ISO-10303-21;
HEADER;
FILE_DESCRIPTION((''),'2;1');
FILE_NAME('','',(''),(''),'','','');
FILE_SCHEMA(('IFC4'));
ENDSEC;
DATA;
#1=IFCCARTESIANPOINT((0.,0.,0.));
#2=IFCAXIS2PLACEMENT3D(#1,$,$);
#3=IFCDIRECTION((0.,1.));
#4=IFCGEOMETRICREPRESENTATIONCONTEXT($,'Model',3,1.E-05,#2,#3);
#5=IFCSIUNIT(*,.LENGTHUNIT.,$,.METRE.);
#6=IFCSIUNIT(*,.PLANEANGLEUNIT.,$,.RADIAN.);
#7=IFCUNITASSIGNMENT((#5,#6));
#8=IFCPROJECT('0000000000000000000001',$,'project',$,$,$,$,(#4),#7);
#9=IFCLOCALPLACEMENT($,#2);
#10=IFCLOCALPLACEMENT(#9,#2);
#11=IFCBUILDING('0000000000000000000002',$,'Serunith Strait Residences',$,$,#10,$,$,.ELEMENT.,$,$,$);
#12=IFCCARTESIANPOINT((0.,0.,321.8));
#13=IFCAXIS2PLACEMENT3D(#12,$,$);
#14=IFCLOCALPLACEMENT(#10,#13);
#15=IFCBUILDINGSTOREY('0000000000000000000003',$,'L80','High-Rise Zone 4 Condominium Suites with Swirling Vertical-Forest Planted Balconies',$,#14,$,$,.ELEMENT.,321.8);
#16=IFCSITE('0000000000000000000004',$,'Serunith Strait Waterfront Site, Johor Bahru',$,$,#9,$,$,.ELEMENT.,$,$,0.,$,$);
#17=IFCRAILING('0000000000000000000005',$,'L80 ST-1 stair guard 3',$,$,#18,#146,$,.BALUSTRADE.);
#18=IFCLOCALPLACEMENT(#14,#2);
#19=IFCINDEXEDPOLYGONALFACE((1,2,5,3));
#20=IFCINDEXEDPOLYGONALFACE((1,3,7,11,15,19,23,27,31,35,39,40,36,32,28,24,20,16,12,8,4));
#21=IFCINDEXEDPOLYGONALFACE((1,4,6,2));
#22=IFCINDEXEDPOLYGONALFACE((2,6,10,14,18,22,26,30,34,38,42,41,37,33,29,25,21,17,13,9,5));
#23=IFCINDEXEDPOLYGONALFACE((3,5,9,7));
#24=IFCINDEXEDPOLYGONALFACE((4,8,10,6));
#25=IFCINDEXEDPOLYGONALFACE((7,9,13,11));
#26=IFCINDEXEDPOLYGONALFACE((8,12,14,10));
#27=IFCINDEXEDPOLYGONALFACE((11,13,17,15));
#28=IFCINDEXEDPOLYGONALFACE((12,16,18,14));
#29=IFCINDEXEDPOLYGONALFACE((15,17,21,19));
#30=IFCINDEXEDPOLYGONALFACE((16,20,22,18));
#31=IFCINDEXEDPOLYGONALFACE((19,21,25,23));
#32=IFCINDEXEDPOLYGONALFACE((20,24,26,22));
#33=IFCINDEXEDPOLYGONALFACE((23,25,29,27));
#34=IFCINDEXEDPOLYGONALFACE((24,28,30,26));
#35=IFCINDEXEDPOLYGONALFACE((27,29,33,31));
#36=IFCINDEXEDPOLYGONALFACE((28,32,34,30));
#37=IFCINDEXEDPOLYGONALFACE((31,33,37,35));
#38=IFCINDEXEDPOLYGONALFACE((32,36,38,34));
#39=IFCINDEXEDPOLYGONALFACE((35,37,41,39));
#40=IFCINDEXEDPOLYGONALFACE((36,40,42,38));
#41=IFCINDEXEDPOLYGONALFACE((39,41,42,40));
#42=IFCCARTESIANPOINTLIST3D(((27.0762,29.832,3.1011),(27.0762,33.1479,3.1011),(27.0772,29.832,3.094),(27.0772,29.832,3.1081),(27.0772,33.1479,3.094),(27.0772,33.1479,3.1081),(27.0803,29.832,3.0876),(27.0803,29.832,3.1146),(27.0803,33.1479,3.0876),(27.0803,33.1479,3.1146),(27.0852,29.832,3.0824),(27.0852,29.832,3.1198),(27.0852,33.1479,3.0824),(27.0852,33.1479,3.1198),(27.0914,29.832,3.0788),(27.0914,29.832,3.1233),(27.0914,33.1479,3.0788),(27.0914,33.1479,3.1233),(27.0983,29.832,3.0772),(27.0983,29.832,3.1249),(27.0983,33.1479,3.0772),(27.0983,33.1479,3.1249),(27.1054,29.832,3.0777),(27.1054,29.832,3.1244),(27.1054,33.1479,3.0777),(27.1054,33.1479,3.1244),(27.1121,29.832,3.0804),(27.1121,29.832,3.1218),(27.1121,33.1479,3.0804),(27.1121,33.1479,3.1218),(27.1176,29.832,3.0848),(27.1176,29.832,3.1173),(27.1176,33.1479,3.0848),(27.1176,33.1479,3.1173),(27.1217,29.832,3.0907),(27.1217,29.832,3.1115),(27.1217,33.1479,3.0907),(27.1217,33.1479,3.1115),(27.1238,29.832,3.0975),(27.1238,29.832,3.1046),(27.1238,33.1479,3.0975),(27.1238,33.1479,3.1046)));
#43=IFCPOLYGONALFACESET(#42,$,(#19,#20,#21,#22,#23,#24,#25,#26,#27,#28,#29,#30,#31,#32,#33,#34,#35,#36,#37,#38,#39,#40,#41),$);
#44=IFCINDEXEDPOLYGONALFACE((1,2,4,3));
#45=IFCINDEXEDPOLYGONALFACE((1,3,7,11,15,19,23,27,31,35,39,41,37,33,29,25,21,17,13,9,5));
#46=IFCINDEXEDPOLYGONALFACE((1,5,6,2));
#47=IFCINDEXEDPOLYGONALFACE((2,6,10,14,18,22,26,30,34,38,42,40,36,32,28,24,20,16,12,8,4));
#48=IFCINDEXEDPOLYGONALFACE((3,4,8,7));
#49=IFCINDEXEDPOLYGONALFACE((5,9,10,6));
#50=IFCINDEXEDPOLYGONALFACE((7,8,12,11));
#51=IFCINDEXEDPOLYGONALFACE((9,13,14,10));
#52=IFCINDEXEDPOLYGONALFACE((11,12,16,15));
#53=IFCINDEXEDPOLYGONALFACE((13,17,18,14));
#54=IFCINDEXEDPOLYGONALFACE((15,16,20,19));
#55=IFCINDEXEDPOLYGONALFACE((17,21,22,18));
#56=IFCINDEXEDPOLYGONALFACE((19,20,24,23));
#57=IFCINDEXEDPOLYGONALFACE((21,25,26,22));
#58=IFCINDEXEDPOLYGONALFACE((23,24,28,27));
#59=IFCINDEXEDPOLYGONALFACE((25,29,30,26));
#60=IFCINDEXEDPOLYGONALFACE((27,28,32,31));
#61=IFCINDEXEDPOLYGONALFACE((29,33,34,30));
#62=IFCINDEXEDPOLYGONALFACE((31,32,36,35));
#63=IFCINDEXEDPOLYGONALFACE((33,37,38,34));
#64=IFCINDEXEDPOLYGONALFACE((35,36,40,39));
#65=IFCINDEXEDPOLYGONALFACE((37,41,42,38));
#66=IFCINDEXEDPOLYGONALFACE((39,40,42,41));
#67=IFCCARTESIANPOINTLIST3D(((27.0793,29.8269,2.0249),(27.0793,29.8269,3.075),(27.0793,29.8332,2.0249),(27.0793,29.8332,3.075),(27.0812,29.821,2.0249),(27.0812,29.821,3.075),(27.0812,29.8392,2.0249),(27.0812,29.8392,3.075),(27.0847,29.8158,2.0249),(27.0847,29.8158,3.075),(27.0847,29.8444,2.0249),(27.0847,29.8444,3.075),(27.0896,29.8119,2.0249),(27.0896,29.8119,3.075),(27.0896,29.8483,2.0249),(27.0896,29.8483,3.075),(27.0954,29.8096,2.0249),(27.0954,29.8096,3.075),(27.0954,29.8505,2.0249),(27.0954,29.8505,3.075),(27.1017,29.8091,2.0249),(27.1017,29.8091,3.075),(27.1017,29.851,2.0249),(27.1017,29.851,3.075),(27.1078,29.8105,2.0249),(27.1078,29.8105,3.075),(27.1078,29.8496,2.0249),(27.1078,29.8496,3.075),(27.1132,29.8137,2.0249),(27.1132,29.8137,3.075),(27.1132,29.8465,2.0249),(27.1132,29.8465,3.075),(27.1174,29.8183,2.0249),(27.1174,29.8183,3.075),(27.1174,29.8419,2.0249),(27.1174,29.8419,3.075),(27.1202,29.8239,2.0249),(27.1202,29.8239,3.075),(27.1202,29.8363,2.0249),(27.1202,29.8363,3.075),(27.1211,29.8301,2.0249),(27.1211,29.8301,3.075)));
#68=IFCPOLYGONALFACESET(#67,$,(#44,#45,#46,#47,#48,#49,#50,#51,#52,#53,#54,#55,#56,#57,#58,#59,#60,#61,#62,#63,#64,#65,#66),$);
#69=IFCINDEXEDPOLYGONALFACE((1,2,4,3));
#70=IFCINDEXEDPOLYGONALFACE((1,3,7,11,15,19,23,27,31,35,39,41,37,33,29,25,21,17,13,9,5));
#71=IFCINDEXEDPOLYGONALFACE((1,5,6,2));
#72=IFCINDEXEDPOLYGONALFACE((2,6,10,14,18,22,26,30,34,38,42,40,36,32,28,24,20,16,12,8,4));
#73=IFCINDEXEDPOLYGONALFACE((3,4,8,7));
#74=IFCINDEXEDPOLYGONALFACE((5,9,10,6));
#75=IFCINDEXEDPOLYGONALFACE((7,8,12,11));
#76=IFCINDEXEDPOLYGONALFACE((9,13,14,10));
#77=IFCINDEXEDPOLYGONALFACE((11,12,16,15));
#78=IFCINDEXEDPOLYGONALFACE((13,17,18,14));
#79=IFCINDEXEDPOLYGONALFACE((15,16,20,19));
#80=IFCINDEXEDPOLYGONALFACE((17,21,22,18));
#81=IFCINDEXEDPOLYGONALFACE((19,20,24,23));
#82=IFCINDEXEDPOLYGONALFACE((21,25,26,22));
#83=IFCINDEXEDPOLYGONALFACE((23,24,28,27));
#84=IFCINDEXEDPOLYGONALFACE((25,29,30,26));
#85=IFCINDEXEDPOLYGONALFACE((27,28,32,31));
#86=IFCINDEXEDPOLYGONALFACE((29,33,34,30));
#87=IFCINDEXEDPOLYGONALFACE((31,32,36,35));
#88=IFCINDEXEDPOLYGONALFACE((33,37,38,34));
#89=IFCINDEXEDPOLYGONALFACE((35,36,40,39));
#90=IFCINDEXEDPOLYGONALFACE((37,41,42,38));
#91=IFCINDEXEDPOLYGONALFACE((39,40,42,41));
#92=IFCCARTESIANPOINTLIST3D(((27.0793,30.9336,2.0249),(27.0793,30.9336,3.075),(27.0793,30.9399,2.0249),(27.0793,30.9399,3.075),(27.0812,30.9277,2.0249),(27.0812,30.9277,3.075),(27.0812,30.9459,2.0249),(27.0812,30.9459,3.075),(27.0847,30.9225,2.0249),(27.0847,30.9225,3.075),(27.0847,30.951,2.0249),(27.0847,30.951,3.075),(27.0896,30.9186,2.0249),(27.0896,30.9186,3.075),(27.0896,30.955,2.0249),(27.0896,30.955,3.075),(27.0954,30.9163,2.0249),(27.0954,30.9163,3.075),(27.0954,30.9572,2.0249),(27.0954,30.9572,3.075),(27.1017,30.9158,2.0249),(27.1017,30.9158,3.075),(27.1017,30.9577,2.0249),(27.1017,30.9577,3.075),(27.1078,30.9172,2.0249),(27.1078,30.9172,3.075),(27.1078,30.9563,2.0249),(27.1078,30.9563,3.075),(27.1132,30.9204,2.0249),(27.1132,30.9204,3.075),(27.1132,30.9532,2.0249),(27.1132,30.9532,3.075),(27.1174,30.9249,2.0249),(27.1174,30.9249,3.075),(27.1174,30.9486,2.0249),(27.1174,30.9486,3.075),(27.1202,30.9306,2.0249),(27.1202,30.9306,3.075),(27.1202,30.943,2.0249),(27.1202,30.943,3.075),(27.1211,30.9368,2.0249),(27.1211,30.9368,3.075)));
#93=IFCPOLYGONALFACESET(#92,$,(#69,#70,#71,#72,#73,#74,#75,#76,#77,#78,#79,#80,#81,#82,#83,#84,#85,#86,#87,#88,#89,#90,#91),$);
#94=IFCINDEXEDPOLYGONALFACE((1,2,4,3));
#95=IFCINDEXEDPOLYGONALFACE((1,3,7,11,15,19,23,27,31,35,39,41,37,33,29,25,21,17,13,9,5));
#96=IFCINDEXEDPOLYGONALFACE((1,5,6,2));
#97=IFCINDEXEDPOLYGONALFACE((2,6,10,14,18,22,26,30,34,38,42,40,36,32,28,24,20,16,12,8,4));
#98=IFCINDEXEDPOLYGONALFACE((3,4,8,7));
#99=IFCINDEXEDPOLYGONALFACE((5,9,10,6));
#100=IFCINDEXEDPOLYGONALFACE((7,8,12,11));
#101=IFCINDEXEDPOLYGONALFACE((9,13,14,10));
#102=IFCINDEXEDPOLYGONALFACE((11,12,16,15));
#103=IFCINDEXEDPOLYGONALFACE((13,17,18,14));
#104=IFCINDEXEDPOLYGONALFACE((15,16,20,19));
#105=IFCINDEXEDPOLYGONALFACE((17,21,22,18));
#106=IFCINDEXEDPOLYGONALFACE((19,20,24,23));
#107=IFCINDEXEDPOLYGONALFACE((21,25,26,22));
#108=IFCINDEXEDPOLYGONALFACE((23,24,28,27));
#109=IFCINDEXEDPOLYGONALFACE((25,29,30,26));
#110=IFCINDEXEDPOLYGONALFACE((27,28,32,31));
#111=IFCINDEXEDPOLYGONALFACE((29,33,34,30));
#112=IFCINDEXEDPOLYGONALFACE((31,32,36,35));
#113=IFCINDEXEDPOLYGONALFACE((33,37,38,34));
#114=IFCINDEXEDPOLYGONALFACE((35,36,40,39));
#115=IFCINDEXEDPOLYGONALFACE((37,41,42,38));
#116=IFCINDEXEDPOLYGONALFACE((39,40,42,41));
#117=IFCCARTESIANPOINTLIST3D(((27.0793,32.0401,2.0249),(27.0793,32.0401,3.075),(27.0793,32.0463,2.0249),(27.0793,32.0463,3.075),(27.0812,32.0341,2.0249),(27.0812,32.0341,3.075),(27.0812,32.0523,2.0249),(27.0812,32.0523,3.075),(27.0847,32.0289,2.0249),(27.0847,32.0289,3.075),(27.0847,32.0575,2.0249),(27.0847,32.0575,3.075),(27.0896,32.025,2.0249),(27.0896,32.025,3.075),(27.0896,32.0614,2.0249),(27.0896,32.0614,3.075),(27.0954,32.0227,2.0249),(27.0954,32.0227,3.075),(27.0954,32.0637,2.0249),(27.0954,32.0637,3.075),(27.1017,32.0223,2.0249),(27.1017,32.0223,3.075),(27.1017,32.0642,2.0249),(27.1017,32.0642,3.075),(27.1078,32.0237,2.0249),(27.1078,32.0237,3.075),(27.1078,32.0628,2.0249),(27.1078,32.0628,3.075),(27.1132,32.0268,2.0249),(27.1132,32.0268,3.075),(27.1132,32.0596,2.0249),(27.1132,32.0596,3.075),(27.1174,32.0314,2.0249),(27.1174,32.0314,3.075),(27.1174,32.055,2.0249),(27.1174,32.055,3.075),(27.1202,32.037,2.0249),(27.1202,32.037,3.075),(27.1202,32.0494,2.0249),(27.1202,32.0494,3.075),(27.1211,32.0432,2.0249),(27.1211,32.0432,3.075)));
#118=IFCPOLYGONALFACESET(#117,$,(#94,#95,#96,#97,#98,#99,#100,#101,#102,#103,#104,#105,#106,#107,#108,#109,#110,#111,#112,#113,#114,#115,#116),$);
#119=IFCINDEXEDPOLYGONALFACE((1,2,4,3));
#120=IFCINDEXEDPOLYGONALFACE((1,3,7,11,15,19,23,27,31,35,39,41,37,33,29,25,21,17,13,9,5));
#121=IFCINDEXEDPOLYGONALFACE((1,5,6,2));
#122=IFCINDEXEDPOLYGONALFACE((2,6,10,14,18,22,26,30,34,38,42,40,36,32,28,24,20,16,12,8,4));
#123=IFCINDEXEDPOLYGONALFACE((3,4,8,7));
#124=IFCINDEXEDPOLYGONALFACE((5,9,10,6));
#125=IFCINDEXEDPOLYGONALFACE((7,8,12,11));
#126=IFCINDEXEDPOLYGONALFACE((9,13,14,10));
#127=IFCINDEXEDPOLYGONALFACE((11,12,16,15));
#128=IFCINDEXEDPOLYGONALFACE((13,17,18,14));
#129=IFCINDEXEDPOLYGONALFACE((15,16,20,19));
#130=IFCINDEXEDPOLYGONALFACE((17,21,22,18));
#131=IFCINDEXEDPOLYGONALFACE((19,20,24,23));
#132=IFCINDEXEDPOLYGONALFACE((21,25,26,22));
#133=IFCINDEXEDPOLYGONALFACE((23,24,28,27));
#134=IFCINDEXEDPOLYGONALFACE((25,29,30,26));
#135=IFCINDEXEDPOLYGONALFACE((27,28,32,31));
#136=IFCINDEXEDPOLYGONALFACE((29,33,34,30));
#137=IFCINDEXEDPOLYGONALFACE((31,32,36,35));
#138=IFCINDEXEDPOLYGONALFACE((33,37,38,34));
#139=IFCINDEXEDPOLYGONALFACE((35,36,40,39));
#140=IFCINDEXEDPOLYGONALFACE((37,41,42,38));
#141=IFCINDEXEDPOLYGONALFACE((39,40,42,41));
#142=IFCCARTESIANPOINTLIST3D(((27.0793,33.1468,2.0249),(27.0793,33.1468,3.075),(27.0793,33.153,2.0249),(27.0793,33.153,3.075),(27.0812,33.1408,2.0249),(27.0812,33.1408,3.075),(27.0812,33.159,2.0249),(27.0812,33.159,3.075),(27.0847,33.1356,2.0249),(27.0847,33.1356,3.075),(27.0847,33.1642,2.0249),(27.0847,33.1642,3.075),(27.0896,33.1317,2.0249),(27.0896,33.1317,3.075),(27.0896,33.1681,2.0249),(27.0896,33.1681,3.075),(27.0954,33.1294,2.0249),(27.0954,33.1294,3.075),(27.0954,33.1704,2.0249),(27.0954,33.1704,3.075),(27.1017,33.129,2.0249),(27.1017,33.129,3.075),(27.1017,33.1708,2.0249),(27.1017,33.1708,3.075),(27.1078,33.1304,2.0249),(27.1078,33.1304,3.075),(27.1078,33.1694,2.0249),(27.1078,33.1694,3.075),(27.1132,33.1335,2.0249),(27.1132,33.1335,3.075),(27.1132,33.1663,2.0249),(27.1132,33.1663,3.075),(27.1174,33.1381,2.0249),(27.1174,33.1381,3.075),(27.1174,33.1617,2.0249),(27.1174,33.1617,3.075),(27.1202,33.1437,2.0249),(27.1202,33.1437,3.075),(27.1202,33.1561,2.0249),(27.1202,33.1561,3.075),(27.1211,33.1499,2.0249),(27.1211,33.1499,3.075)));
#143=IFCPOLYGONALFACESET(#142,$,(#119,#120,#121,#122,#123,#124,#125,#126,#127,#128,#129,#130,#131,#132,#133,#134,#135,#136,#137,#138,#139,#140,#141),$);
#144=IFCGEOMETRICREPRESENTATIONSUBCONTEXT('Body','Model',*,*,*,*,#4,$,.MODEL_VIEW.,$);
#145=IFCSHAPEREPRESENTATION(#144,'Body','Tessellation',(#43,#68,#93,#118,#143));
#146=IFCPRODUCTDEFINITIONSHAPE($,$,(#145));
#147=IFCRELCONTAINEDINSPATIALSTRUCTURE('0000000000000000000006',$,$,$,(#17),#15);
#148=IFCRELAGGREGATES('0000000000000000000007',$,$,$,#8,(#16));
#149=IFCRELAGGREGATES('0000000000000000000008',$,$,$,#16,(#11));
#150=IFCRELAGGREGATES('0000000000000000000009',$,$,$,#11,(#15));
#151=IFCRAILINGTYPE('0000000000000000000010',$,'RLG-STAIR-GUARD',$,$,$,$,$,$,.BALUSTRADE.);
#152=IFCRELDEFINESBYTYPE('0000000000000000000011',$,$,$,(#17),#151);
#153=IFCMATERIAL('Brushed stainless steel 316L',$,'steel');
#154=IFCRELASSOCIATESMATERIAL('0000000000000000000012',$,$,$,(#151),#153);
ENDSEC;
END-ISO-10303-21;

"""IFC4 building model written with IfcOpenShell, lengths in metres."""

from ifc_helpers import new_model, si_unit, direction, frame, origin, origin_2d, place, context, subcontext, project, spatial, circle, extrude, material, type_object, element, save


model = new_model("IFC4")

# Units and contexts
model_context = context("Model", 3, precision=1e-05, world=origin(), true_north=direction((0.0, 1.0)))
body_context = subcontext(model_context, "Body", "Model", "MODEL_VIEW")
ifc_project = project(units=[si_unit("LENGTHUNIT", "METRE"), si_unit("PLANEANGLEUNIT", "RADIAN")], contexts=[model_context])

# Site, building, storey
site_placement = place(None, origin())
site = spatial("IfcSite", under=ifc_project, at=site_placement, Name="Serunith Strait Waterfront Site, Johor Bahru", CompositionType="ELEMENT", RefElevation=0.0)
building_placement = place(site_placement, origin())
building = spatial("IfcBuilding", under=site, at=building_placement, Name="Serunith Strait Residences", CompositionType="ELEMENT")
storey_placement = place(building_placement, frame((0.0, 0.0, 321.8)))
storey = spatial("IfcBuildingStorey", under=building, at=storey_placement, Name="L80", Description="High-Rise Zone 4 Condominium Suites with Swirling Vertical-Forest Planted Balconies", CompositionType="ELEMENT", Elevation=321.8)

# Railing
ifc_material_1 = material(Name="Brushed stainless steel 316L", Category="steel")
railing_type_1 = type_object("IfcRailingType", Name="RLG-STAIR-GUARD", PredefinedType="BALUSTRADE", material=ifc_material_1)
for number, where, name in (
    (1, (27.1001, 29.8301, 2.0249), "L80 ST-1 stair guard 3"),
):
    element("IfcRailing", number, at=place(storey_placement, frame(where)), inside=storey, type_object=railing_type_1, Name=name, PredefinedType="BALUSTRADE", context=body_context, shape_type="SweptSolid", body=[
        extrude(circle(Radius=0.0239, at=origin_2d()), frame((0.0, 0.002, 1.0762), z_axis=(0.0, 1.0, 0.0), x_axis=(-1.0, 0.0, 0.0)), (0.0, 0.0, 1.0), 3.3159),
        extrude(circle(Radius=0.021, at=origin_2d()), origin(), (0.0, 0.0, 1.0), 1.05),
        extrude(circle(Radius=0.021, at=origin_2d()), frame((0.0, 1.1067, 0.0)), (0.0, 0.0, 1.0), 1.05),
        extrude(circle(Radius=0.021, at=origin_2d()), frame((0.0, 2.2131, 0.0)), (0.0, 0.0, 1.0), 1.05),
        extrude(circle(Radius=0.021, at=origin_2d()), frame((0.0, 3.3198, 0.0)), (0.0, 0.0, 1.0), 1.05),
    ])

save(model, "model.ifc")
